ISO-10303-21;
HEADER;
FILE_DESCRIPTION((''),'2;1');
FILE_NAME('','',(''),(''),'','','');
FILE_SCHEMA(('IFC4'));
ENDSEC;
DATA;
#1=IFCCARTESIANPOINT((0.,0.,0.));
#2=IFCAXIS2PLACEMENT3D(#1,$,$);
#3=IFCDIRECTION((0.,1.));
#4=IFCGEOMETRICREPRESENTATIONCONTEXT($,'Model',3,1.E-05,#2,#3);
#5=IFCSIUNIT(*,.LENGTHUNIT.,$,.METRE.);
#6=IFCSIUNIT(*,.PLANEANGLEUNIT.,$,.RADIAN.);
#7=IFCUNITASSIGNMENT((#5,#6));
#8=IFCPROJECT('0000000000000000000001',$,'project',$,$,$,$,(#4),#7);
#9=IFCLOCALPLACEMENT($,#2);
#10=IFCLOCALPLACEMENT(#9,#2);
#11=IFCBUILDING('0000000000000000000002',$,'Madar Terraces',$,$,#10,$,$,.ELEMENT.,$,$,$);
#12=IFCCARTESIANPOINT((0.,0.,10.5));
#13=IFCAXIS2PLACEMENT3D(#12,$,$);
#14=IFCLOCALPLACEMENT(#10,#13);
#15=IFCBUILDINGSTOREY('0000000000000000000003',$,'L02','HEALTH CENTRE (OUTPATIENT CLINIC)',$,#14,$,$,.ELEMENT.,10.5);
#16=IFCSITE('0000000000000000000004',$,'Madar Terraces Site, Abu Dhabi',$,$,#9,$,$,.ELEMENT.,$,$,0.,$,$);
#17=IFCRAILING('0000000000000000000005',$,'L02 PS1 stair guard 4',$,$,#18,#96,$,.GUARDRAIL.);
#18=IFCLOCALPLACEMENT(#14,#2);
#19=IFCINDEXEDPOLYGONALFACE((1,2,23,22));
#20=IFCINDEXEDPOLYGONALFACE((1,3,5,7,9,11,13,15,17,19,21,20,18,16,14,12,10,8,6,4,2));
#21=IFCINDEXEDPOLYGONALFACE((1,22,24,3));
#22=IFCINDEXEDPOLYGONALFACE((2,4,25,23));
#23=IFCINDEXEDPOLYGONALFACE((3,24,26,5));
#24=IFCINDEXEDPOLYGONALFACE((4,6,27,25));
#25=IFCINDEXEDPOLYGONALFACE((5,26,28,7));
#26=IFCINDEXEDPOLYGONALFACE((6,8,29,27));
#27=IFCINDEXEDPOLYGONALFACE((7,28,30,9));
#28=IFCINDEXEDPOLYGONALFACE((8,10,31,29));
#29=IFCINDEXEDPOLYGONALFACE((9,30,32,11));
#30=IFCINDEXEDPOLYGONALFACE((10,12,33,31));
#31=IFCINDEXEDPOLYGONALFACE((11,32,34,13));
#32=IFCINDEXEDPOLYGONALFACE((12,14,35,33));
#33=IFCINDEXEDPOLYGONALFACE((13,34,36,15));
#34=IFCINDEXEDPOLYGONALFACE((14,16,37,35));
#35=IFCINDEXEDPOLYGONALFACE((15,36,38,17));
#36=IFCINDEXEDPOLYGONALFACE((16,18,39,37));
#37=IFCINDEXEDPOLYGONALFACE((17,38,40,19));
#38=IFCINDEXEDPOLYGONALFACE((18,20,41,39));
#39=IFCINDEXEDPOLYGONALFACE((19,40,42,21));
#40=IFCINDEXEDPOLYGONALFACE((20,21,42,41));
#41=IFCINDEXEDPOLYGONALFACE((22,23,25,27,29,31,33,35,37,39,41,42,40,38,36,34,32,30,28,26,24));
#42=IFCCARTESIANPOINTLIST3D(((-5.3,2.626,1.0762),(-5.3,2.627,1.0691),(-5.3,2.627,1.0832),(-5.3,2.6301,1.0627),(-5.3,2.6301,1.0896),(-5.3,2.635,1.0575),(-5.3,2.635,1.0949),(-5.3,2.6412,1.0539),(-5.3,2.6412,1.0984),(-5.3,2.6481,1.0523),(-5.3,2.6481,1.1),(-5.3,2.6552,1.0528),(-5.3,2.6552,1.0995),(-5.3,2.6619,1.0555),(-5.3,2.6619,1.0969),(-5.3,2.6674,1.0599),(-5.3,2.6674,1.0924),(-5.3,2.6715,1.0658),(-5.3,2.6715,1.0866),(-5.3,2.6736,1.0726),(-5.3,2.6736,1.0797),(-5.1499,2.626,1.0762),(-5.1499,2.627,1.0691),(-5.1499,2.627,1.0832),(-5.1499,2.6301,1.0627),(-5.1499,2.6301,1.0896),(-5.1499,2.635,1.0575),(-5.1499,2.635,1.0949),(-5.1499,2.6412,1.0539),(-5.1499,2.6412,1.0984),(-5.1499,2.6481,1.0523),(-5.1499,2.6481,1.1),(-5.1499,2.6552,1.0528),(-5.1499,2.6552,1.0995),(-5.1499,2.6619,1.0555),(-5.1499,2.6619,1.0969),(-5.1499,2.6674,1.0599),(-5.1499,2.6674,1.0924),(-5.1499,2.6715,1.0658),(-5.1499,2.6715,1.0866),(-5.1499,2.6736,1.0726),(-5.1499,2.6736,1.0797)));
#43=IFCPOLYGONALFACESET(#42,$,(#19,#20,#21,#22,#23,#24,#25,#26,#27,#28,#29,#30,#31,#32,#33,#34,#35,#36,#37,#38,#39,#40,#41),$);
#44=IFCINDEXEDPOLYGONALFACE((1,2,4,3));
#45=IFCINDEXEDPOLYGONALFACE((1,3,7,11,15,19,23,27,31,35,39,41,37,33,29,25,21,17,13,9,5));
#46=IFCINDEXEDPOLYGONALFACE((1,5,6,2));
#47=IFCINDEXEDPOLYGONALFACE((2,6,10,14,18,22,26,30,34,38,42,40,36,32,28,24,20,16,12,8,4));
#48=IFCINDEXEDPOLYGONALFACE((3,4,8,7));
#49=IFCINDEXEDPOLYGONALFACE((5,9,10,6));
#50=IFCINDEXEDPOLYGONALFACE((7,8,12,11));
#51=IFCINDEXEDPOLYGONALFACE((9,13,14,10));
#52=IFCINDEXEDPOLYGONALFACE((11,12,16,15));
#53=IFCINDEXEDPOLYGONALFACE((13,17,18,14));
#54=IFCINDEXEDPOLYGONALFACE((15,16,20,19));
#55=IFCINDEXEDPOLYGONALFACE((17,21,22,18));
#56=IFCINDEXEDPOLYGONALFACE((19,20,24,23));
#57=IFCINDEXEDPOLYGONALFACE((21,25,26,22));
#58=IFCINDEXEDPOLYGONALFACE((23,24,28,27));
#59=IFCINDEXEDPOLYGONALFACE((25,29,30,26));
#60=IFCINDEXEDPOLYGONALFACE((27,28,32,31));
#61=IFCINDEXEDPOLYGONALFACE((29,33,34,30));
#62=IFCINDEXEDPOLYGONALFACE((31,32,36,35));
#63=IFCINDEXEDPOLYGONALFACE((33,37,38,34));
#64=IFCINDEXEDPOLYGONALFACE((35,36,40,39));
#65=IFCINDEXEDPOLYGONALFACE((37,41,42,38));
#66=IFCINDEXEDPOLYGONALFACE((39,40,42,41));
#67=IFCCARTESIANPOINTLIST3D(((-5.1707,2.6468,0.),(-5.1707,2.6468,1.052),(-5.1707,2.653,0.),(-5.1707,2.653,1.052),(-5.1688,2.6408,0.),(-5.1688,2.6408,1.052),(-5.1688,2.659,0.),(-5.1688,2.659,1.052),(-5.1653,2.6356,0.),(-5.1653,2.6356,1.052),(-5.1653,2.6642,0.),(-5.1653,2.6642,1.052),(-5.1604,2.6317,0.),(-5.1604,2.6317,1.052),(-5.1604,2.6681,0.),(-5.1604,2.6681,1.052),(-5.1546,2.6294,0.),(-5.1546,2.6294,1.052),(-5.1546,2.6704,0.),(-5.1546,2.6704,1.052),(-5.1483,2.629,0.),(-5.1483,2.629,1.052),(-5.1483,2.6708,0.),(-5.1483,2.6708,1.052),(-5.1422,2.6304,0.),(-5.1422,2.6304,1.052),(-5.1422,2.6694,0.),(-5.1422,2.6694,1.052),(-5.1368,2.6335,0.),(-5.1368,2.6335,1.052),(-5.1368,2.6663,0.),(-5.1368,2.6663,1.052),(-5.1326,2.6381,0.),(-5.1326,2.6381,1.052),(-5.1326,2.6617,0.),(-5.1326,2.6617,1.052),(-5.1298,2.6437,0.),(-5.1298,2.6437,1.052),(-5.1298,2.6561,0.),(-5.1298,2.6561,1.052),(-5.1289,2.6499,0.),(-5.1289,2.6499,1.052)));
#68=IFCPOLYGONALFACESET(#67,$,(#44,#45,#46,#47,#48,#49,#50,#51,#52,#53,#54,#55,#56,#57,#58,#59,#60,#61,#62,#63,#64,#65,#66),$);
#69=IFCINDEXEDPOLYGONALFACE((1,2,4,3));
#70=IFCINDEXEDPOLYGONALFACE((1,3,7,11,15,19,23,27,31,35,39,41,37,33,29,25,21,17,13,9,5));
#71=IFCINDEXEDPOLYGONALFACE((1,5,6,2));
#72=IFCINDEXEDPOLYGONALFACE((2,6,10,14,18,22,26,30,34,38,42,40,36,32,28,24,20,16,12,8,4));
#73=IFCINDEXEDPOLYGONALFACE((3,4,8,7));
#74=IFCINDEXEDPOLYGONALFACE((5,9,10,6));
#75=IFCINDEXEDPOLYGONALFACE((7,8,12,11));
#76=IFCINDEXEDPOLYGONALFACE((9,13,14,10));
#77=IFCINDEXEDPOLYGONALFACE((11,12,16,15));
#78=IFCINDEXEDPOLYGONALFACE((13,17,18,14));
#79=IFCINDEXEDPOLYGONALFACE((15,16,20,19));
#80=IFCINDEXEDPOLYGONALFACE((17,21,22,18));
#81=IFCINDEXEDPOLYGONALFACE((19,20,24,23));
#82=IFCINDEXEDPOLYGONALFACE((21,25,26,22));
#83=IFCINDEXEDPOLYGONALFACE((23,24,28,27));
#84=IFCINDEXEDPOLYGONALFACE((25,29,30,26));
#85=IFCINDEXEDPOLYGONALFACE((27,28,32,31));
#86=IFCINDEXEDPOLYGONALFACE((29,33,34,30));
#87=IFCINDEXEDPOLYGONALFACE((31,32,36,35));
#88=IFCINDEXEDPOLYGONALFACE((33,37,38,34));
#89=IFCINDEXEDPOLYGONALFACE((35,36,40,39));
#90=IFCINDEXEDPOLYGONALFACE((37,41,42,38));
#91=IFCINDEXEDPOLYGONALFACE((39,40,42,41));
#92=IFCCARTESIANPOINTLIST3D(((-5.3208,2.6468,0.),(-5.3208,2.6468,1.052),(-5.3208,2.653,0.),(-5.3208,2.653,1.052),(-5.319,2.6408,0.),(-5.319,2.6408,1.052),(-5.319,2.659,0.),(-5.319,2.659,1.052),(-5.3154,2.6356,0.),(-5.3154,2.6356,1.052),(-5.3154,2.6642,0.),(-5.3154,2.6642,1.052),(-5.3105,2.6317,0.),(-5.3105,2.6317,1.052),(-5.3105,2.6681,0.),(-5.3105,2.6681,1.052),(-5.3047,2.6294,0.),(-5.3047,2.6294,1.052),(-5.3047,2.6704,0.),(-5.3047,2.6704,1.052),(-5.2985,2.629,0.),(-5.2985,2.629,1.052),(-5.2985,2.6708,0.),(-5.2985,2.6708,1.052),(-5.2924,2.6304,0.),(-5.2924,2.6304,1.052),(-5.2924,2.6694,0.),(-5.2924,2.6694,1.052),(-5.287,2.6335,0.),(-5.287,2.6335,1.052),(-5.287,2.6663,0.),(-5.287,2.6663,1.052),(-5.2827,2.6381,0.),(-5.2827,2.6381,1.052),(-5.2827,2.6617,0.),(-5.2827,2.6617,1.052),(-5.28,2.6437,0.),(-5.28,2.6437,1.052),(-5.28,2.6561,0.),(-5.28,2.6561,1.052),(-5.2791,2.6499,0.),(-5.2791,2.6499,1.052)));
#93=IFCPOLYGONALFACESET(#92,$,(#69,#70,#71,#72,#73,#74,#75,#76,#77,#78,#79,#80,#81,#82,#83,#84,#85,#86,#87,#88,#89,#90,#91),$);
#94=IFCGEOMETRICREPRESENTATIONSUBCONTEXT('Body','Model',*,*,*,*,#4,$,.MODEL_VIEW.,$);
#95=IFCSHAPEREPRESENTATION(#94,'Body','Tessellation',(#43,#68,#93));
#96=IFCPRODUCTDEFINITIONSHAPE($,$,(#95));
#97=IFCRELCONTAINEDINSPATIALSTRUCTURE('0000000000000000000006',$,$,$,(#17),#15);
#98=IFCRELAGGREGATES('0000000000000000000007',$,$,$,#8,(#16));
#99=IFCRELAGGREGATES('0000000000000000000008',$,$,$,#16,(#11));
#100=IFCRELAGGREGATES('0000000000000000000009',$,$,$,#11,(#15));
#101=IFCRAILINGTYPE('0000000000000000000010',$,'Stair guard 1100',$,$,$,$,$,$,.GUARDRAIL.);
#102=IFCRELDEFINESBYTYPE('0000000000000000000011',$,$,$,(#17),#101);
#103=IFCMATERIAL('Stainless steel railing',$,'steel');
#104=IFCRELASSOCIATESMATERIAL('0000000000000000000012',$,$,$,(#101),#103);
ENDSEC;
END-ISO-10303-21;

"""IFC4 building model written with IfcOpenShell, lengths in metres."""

from ifc_helpers import new_model, si_unit, direction, frame, origin, origin_2d, place, context, subcontext, project, spatial, circle, extrude, material, type_object, element, save


model = new_model("IFC4")

# Units and contexts
model_context = context("Model", 3, precision=1e-05, world=origin(), true_north=direction((0.0, 1.0)))
body_context = subcontext(model_context, "Body", "Model", "MODEL_VIEW")
ifc_project = project(units=[si_unit("LENGTHUNIT", "METRE"), si_unit("PLANEANGLEUNIT", "RADIAN")], contexts=[model_context])

# Site, building, storey
site_placement = place(None, origin())
site = spatial("IfcSite", under=ifc_project, at=site_placement, Name="Madar Terraces Site, Abu Dhabi", CompositionType="ELEMENT", RefElevation=0.0)
building_placement = place(site_placement, origin())
building = spatial("IfcBuilding", under=site, at=building_placement, Name="Madar Terraces", CompositionType="ELEMENT")
storey_placement = place(building_placement, frame((0.0, 0.0, 10.5)))
storey = spatial("IfcBuildingStorey", under=building, at=storey_placement, Name="L02", Description="HEALTH CENTRE (OUTPATIENT CLINIC)", CompositionType="ELEMENT", Elevation=10.5)

# Railing
ifc_material_1 = material(Name="Stainless steel railing", Category="steel")
railing_type_1 = type_object("IfcRailingType", Name="Stair guard 1100", PredefinedType="GUARDRAIL", material=ifc_material_1)
railing_1_placement = place(storey_placement, frame((-5.1499, 2.6499, 0.0)))
element("IfcRailing", 1, at=railing_1_placement, inside=storey, type_object=railing_type_1, Name="L02 PS1 stair guard 4", PredefinedType="GUARDRAIL", context=body_context, shape_type="SweptSolid", body=[
    extrude(circle(Radius=0.0239, at=origin_2d()), frame((0.0, 0.0, 1.0762), z_axis=(-1.0, 0.0, 0.0), x_axis=(0.0, -1.0, 0.0)), (0.0, 0.0, 1.0), 0.1501),
    extrude(circle(Radius=0.021, at=origin_2d()), origin(), (0.0, 0.0, 1.0), 1.052),
    extrude(circle(Radius=0.021, at=origin_2d()), frame((-0.1501, 0.0, 0.0)), (0.0, 0.0, 1.0), 1.052),
])

save(model, "model.ifc")
